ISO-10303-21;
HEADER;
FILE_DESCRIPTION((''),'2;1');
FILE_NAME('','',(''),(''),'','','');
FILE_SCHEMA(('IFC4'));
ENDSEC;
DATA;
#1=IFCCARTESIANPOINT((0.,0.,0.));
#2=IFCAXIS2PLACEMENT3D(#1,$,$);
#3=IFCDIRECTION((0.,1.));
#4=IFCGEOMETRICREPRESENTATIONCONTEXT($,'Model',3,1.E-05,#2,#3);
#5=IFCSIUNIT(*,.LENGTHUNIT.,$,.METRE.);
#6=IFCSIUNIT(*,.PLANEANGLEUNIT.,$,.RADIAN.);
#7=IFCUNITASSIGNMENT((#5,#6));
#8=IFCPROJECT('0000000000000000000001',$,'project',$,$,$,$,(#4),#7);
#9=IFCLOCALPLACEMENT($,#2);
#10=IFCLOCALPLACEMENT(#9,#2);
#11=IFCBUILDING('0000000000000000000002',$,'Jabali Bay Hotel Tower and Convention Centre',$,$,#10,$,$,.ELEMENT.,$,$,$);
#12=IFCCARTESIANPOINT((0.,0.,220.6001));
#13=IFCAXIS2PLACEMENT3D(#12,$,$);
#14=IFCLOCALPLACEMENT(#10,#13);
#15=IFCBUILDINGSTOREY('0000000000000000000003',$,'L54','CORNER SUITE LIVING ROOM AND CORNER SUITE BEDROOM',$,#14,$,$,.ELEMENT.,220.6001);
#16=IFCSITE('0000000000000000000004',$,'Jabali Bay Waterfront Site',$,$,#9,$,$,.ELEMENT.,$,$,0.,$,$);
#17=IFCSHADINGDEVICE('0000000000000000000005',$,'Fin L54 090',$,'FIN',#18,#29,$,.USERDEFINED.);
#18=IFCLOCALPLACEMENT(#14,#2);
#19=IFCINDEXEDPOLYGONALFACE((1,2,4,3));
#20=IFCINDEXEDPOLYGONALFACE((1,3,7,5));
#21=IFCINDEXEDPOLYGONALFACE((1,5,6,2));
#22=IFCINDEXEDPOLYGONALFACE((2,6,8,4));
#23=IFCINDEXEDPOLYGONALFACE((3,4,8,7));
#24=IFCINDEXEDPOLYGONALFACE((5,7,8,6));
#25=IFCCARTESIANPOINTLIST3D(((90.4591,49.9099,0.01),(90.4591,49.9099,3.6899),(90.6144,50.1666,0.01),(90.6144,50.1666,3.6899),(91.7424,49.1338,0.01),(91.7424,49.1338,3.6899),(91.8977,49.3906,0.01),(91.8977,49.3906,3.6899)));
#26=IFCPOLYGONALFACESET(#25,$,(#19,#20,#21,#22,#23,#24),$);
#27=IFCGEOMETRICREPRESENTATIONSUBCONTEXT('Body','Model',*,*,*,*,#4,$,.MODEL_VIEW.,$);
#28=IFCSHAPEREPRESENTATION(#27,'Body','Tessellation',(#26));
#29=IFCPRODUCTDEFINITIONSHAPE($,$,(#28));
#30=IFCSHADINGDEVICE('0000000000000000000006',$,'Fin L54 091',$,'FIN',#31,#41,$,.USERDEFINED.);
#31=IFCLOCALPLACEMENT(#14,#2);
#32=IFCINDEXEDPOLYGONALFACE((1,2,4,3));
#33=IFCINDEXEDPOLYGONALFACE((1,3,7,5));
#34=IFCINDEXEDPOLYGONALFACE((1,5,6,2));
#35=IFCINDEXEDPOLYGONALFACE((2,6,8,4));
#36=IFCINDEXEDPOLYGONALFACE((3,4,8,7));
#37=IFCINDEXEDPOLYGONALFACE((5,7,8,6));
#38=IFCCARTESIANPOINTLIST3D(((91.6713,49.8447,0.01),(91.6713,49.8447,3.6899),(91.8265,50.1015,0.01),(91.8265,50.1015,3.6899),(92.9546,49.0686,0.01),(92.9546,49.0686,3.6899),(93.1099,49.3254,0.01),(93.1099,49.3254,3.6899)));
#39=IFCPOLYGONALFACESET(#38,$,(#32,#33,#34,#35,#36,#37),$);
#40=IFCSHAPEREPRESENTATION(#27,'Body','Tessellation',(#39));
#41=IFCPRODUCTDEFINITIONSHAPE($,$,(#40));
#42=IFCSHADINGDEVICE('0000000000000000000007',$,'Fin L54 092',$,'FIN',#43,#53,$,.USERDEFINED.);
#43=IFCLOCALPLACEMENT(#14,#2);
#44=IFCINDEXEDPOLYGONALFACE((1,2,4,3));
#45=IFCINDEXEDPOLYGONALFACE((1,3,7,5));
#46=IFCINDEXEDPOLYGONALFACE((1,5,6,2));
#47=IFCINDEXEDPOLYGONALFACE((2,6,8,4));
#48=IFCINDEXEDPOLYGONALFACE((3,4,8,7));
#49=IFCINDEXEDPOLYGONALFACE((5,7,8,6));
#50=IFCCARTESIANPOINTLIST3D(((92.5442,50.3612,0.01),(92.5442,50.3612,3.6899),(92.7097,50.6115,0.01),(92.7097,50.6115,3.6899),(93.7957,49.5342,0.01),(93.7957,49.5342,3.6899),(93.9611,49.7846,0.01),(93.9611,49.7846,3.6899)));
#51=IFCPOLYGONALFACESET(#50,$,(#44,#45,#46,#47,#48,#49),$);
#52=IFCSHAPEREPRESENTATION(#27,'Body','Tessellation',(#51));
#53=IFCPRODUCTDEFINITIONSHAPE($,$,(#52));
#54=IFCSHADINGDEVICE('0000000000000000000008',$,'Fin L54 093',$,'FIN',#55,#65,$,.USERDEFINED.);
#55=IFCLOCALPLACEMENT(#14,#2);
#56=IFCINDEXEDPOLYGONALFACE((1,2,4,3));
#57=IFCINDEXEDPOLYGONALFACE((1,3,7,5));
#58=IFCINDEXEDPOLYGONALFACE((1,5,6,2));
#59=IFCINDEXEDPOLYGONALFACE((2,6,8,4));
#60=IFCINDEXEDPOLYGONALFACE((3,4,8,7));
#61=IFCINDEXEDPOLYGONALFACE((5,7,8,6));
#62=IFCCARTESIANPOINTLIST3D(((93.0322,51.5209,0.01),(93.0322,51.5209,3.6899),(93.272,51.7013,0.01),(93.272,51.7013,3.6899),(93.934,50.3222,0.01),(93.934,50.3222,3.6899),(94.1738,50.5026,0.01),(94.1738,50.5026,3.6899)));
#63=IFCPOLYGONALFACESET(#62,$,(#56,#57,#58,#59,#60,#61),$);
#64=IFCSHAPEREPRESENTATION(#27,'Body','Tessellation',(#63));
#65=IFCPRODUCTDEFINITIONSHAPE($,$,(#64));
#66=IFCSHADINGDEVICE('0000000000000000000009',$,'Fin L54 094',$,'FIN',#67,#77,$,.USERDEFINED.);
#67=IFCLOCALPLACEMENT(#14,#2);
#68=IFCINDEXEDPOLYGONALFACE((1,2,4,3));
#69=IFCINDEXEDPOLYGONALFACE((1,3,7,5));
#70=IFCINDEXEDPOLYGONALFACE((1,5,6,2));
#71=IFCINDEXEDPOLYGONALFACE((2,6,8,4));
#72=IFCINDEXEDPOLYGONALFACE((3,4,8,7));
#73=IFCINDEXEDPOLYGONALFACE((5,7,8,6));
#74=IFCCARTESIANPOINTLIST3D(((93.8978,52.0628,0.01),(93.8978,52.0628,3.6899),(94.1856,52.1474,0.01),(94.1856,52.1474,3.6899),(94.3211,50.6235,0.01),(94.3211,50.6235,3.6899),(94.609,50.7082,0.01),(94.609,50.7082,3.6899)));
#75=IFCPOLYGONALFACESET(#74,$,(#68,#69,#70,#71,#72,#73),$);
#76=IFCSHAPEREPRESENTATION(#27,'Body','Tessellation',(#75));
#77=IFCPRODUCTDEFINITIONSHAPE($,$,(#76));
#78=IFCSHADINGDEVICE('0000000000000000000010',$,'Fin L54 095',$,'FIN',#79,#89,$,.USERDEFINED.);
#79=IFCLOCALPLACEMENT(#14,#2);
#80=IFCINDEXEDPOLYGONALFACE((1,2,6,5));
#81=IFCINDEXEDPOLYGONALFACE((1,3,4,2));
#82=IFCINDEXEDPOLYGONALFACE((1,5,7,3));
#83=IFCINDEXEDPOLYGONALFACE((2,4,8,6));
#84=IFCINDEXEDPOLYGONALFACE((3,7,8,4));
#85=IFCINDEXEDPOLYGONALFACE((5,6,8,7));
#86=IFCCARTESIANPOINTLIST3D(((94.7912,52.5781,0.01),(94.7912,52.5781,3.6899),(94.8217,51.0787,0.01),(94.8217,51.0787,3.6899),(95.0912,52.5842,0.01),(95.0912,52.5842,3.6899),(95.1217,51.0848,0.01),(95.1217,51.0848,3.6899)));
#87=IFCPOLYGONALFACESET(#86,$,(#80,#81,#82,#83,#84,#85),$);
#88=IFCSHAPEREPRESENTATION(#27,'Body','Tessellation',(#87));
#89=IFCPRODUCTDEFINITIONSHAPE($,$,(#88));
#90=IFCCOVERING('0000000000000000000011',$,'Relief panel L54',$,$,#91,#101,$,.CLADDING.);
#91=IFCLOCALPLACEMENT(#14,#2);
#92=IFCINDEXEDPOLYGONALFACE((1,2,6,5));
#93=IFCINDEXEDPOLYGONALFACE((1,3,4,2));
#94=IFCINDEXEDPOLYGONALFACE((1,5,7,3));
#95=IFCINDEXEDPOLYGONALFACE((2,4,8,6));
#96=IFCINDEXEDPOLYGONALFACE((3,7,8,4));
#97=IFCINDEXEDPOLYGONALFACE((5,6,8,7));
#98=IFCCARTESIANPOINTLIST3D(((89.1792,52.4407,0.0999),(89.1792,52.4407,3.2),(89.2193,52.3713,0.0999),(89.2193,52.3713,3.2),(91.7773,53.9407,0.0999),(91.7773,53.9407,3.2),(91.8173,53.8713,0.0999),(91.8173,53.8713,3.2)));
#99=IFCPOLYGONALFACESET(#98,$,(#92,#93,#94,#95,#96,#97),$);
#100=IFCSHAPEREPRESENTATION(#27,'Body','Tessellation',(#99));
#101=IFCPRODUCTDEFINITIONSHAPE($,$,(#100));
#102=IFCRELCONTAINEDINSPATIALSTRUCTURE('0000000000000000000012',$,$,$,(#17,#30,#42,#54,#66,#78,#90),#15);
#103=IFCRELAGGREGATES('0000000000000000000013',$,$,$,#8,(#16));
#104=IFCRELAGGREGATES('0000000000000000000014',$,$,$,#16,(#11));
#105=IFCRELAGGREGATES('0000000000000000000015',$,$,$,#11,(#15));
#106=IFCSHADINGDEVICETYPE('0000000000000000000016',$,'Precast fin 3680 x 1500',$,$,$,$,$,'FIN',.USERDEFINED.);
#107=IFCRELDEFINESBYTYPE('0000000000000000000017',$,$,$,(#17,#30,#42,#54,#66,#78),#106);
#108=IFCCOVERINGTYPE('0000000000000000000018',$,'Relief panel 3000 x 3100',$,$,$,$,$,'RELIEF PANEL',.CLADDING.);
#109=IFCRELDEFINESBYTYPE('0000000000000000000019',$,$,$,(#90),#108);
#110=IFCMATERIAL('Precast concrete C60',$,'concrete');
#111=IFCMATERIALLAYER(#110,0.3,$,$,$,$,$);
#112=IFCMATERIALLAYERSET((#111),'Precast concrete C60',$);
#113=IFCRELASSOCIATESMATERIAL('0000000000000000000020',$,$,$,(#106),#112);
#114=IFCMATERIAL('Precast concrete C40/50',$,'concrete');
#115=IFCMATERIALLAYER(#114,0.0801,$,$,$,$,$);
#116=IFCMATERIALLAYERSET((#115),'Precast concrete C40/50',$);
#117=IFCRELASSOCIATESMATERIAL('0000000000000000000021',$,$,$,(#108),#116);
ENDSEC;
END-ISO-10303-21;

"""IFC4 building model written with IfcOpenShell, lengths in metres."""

from ifc_helpers import new_model, si_unit, direction, frame, frame_2d, origin, origin_2d, place, context, subcontext, project, spatial, rectangle, extrude, material, layer, layer_set, type_object, element, save


model = new_model("IFC4")

# Units and contexts
model_context = context("Model", 3, precision=1e-05, world=origin(), true_north=direction((0.0, 1.0)))
body_context = subcontext(model_context, "Body", "Model", "MODEL_VIEW")
ifc_project = project(units=[si_unit("LENGTHUNIT", "METRE"), si_unit("PLANEANGLEUNIT", "RADIAN")], contexts=[model_context])

# Site, building, storey
site_placement = place(None, origin())
site = spatial("IfcSite", under=ifc_project, at=site_placement, Name="Jabali Bay Waterfront Site", CompositionType="ELEMENT", RefElevation=0.0)
building_placement = place(site_placement, origin())
building = spatial("IfcBuilding", under=site, at=building_placement, Name="Jabali Bay Hotel Tower and Convention Centre", CompositionType="ELEMENT")
storey_placement = place(building_placement, frame((0.0, 0.0, 220.6001)))
storey = spatial("IfcBuildingStorey", under=building, at=storey_placement, Name="L54", Description="CORNER SUITE LIVING ROOM AND CORNER SUITE BEDROOM", CompositionType="ELEMENT", Elevation=220.6001)

# Shading devices
ifc_material_1 = material(Name="Precast concrete C60", Category="concrete")
ifc_layer_1 = layer(ifc_material_1, 0.3)
ifc_layer_set_1 = layer_set([ifc_layer_1], Name="Precast concrete C60")
shading_device_type_1 = type_object("IfcShadingDeviceType", Name="Precast fin 3680 x 1500", ElementType="FIN", PredefinedType="USERDEFINED", material=ifc_layer_set_1)
for number, where, z_axis, x_axis, name in (
    (1, (90.5366, 50.0383, 0.01), (0.0, 0.0, 1.0), (0.855707, -0.517461, 0.0), "Fin L54 090"),
    (2, (91.7488, 49.9731, 0.01), (0.0, 0.0, 1.0), (0.855707, -0.517461, 0.0), "Fin L54 091"),
):
    element("IfcShadingDevice", number, at=place(storey_placement, frame(where, z_axis=z_axis, x_axis=x_axis)), inside=storey, type_object=shading_device_type_1, Name=name, ObjectType="FIN", PredefinedType="USERDEFINED", context=body_context, shape_type="SweptSolid", body=[
        extrude(rectangle(XDim=1.4998, YDim=0.3, at=frame_2d((0.75, 0.0))), origin(), (0.0, 0.0, 1.0), 3.6799),
    ])
for number, where, z_axis, x_axis, name in (
    (3, (92.627, 50.4863, 0.01), (0.0, 0.0, 1.0), (0.834322, -0.551277, 0.0), "Fin L54 092"),
    (4, (93.1521, 51.6111, 0.01), (0.0, 0.0, 1.0), (0.601197, -0.799101, 0.0), "Fin L54 093"),
):
    element("IfcShadingDevice", number, at=place(storey_placement, frame(where, z_axis=z_axis, x_axis=x_axis)), inside=storey, type_object=shading_device_type_1, Name=name, ObjectType="FIN", PredefinedType="USERDEFINED", context=body_context, shape_type="SweptSolid", body=[
        extrude(rectangle(XDim=1.5, YDim=0.3, at=frame_2d((0.75, 0.0))), origin(), (0.0, 0.0, 1.0), 3.6799),
    ])
shading_device_1_placement = place(storey_placement, frame((94.0417, 52.105, 0.01), z_axis=(0.0, 0.0, 1.0), x_axis=(0.282193, -0.959358, 0.0)))
element("IfcShadingDevice", 5, at=shading_device_1_placement, inside=storey, type_object=shading_device_type_1, Name="Fin L54 094", ObjectType="FIN", PredefinedType="USERDEFINED", context=body_context, shape_type="SweptSolid", body=[
    extrude(rectangle(XDim=1.5002, YDim=0.3, at=frame_2d((0.75, 0.0))), origin(), (0.0, 0.0, 1.0), 3.6799),
])
shading_device_2_placement = place(storey_placement, frame((94.9412, 52.5813, 0.01), z_axis=(0.0, 0.0, 1.0), x_axis=(0.020347, -0.999793, 0.0)))
element("IfcShadingDevice", 6, at=shading_device_2_placement, inside=storey, type_object=shading_device_type_1, Name="Fin L54 095", ObjectType="FIN", PredefinedType="USERDEFINED", context=body_context, shape_type="SweptSolid", body=[
    extrude(rectangle(XDim=1.4998, YDim=0.3, at=frame_2d((0.75, 0.0))), origin(), (0.0, 0.0, 1.0), 3.6799),
])

# Covering
ifc_material_2 = material(Name="Precast concrete C40/50", Category="concrete")
ifc_layer_2 = layer(ifc_material_2, 0.0801)
ifc_layer_set_2 = layer_set([ifc_layer_2], Name="Precast concrete C40/50")
covering_type = type_object("IfcCoveringType", Name="Relief panel 3000 x 3100", ElementType="RELIEF PANEL", PredefinedType="CLADDING", material=ifc_layer_set_2)
covering_placement = place(storey_placement, frame((90.4983, 53.156, 0.0999), z_axis=(0.0, 0.0, 1.0), x_axis=(-0.866025, -0.5, 0.0)))
element("IfcCovering", 7, at=covering_placement, inside=storey, type_object=covering_type, Name="Relief panel L54", PredefinedType="CLADDING", context=body_context, shape_type="SweptSolid", body=[
    extrude(rectangle(XDim=3.0, YDim=0.0801, at=origin_2d()), origin(), (0.0, 0.0, 1.0), 3.1001),
])

save(model, "model.ifc")
